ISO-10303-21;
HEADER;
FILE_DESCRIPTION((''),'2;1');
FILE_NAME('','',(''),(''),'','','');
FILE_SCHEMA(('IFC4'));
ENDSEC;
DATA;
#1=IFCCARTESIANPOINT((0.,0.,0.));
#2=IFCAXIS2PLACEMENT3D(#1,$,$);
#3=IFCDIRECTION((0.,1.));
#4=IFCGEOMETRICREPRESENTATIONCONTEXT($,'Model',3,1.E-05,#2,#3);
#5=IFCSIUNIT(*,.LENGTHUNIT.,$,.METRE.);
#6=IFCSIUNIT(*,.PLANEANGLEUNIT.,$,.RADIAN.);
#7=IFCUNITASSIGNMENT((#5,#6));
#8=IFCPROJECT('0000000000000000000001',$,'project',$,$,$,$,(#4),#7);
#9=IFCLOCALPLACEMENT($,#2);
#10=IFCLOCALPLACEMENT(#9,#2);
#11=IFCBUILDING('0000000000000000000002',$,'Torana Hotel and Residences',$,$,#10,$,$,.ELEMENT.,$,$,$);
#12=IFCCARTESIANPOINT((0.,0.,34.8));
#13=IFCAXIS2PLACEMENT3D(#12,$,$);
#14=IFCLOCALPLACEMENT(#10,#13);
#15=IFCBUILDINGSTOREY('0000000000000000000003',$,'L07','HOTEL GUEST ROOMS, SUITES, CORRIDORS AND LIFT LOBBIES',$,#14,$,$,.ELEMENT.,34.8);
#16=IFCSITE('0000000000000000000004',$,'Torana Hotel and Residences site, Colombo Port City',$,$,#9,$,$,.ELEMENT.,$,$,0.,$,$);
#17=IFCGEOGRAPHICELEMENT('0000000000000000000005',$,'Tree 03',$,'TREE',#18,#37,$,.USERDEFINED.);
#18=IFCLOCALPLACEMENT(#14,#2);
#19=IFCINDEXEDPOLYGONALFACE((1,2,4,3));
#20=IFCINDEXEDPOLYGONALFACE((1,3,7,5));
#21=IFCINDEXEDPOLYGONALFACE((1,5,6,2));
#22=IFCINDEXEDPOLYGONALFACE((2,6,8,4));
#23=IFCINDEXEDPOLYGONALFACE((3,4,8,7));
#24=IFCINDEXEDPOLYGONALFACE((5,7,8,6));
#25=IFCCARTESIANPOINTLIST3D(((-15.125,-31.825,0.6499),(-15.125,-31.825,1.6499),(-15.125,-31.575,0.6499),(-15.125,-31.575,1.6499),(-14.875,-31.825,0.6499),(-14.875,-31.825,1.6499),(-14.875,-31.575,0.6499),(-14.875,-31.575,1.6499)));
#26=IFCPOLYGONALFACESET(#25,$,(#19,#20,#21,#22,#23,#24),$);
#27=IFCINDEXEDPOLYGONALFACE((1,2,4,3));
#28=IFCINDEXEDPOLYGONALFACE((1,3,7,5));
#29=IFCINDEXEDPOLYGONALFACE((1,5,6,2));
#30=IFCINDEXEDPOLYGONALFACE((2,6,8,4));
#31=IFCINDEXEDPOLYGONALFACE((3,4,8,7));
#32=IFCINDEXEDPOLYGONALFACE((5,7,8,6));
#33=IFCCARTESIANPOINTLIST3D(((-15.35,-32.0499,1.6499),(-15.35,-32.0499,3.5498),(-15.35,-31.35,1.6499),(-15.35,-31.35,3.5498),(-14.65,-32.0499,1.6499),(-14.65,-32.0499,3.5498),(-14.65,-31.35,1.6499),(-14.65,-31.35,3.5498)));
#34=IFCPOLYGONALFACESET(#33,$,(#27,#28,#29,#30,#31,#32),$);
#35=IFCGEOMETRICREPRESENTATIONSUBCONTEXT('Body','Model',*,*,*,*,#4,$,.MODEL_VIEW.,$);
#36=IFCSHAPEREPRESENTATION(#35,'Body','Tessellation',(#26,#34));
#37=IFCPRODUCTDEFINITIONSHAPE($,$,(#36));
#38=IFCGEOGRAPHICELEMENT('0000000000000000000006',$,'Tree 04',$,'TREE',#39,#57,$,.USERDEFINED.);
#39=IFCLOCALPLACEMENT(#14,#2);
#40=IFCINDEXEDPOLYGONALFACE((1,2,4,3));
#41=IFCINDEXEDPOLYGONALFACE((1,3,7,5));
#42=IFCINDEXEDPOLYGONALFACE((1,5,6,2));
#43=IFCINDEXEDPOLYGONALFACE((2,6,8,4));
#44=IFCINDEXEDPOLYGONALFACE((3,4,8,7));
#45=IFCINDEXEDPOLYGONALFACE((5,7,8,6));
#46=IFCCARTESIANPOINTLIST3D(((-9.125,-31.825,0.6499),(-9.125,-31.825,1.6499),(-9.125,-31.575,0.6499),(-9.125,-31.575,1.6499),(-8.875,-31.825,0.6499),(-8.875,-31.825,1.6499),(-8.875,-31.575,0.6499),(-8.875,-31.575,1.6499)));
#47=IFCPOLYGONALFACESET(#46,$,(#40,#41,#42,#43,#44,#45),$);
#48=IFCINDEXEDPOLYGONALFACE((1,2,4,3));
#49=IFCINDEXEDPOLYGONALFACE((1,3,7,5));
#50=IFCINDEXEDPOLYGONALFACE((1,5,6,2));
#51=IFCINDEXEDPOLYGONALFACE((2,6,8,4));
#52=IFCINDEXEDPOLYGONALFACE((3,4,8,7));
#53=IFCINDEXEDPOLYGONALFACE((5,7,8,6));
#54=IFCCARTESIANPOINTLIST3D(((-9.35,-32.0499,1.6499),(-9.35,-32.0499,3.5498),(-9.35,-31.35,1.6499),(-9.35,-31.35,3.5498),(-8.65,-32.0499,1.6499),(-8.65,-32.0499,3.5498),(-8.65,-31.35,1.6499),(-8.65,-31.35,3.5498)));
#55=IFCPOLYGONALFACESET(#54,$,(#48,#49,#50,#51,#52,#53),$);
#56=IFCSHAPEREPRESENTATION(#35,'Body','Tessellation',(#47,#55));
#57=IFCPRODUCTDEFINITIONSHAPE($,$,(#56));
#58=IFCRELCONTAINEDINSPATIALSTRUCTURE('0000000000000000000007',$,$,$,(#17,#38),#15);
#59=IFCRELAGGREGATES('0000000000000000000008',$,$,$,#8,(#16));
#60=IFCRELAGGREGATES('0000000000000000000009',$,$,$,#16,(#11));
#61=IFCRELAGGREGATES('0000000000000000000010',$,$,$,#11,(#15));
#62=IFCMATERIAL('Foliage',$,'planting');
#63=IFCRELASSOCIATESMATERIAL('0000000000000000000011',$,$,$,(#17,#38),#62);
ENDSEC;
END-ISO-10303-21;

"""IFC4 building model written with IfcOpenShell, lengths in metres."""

from ifc_helpers import new_model, si_unit, direction, frame, origin, origin_2d, place, context, subcontext, project, spatial, rectangle, extrude, material, element, save


model = new_model("IFC4")

# Units and contexts
model_context = context("Model", 3, precision=1e-05, world=origin(), true_north=direction((0.0, 1.0)))
body_context = subcontext(model_context, "Body", "Model", "MODEL_VIEW")
ifc_project = project(units=[si_unit("LENGTHUNIT", "METRE"), si_unit("PLANEANGLEUNIT", "RADIAN")], contexts=[model_context])

# Site, building, storey
site_placement = place(None, origin())
site = spatial("IfcSite", under=ifc_project, at=site_placement, Name="Torana Hotel and Residences site, Colombo Port City", CompositionType="ELEMENT", RefElevation=0.0)
building_placement = place(site_placement, origin())
building = spatial("IfcBuilding", under=site, at=building_placement, Name="Torana Hotel and Residences", CompositionType="ELEMENT")
storey_placement = place(building_placement, frame((0.0, 0.0, 34.8)))
storey = spatial("IfcBuildingStorey", under=building, at=storey_placement, Name="L07", Description="HOTEL GUEST ROOMS, SUITES, CORRIDORS AND LIFT LOBBIES", CompositionType="ELEMENT", Elevation=34.8)

# Geographic elements
ifc_material_1 = material(Name="Foliage", Category="planting")
for number, where, z_axis, x_axis, name in (
    (1, (-15.0, -31.7, 0.6499), (0.0, 0.0, 1.0), (1.0, 0.0, 0.0), "Tree 03"),
    (2, (-9.0, -31.7, 0.6499), (0.0, 0.0, 1.0), (1.0, 0.0, 0.0), "Tree 04"),
):
    element("IfcGeographicElement", number, at=place(storey_placement, frame(where, z_axis=z_axis, x_axis=x_axis)), inside=storey, material=ifc_material_1, Name=name, ObjectType="TREE", PredefinedType="USERDEFINED", context=body_context, shape_type="SweptSolid", body=[
        extrude(rectangle(XDim=0.25, YDim=0.25, at=origin_2d()), origin(), (0.0, 0.0, 1.0), 1.0),
        extrude(rectangle(XDim=0.7, YDim=0.7, at=origin_2d()), frame((0.0, 0.0, 1.0)), (0.0, 0.0, 1.0), 1.8999),
    ])

save(model, "model.ifc")
